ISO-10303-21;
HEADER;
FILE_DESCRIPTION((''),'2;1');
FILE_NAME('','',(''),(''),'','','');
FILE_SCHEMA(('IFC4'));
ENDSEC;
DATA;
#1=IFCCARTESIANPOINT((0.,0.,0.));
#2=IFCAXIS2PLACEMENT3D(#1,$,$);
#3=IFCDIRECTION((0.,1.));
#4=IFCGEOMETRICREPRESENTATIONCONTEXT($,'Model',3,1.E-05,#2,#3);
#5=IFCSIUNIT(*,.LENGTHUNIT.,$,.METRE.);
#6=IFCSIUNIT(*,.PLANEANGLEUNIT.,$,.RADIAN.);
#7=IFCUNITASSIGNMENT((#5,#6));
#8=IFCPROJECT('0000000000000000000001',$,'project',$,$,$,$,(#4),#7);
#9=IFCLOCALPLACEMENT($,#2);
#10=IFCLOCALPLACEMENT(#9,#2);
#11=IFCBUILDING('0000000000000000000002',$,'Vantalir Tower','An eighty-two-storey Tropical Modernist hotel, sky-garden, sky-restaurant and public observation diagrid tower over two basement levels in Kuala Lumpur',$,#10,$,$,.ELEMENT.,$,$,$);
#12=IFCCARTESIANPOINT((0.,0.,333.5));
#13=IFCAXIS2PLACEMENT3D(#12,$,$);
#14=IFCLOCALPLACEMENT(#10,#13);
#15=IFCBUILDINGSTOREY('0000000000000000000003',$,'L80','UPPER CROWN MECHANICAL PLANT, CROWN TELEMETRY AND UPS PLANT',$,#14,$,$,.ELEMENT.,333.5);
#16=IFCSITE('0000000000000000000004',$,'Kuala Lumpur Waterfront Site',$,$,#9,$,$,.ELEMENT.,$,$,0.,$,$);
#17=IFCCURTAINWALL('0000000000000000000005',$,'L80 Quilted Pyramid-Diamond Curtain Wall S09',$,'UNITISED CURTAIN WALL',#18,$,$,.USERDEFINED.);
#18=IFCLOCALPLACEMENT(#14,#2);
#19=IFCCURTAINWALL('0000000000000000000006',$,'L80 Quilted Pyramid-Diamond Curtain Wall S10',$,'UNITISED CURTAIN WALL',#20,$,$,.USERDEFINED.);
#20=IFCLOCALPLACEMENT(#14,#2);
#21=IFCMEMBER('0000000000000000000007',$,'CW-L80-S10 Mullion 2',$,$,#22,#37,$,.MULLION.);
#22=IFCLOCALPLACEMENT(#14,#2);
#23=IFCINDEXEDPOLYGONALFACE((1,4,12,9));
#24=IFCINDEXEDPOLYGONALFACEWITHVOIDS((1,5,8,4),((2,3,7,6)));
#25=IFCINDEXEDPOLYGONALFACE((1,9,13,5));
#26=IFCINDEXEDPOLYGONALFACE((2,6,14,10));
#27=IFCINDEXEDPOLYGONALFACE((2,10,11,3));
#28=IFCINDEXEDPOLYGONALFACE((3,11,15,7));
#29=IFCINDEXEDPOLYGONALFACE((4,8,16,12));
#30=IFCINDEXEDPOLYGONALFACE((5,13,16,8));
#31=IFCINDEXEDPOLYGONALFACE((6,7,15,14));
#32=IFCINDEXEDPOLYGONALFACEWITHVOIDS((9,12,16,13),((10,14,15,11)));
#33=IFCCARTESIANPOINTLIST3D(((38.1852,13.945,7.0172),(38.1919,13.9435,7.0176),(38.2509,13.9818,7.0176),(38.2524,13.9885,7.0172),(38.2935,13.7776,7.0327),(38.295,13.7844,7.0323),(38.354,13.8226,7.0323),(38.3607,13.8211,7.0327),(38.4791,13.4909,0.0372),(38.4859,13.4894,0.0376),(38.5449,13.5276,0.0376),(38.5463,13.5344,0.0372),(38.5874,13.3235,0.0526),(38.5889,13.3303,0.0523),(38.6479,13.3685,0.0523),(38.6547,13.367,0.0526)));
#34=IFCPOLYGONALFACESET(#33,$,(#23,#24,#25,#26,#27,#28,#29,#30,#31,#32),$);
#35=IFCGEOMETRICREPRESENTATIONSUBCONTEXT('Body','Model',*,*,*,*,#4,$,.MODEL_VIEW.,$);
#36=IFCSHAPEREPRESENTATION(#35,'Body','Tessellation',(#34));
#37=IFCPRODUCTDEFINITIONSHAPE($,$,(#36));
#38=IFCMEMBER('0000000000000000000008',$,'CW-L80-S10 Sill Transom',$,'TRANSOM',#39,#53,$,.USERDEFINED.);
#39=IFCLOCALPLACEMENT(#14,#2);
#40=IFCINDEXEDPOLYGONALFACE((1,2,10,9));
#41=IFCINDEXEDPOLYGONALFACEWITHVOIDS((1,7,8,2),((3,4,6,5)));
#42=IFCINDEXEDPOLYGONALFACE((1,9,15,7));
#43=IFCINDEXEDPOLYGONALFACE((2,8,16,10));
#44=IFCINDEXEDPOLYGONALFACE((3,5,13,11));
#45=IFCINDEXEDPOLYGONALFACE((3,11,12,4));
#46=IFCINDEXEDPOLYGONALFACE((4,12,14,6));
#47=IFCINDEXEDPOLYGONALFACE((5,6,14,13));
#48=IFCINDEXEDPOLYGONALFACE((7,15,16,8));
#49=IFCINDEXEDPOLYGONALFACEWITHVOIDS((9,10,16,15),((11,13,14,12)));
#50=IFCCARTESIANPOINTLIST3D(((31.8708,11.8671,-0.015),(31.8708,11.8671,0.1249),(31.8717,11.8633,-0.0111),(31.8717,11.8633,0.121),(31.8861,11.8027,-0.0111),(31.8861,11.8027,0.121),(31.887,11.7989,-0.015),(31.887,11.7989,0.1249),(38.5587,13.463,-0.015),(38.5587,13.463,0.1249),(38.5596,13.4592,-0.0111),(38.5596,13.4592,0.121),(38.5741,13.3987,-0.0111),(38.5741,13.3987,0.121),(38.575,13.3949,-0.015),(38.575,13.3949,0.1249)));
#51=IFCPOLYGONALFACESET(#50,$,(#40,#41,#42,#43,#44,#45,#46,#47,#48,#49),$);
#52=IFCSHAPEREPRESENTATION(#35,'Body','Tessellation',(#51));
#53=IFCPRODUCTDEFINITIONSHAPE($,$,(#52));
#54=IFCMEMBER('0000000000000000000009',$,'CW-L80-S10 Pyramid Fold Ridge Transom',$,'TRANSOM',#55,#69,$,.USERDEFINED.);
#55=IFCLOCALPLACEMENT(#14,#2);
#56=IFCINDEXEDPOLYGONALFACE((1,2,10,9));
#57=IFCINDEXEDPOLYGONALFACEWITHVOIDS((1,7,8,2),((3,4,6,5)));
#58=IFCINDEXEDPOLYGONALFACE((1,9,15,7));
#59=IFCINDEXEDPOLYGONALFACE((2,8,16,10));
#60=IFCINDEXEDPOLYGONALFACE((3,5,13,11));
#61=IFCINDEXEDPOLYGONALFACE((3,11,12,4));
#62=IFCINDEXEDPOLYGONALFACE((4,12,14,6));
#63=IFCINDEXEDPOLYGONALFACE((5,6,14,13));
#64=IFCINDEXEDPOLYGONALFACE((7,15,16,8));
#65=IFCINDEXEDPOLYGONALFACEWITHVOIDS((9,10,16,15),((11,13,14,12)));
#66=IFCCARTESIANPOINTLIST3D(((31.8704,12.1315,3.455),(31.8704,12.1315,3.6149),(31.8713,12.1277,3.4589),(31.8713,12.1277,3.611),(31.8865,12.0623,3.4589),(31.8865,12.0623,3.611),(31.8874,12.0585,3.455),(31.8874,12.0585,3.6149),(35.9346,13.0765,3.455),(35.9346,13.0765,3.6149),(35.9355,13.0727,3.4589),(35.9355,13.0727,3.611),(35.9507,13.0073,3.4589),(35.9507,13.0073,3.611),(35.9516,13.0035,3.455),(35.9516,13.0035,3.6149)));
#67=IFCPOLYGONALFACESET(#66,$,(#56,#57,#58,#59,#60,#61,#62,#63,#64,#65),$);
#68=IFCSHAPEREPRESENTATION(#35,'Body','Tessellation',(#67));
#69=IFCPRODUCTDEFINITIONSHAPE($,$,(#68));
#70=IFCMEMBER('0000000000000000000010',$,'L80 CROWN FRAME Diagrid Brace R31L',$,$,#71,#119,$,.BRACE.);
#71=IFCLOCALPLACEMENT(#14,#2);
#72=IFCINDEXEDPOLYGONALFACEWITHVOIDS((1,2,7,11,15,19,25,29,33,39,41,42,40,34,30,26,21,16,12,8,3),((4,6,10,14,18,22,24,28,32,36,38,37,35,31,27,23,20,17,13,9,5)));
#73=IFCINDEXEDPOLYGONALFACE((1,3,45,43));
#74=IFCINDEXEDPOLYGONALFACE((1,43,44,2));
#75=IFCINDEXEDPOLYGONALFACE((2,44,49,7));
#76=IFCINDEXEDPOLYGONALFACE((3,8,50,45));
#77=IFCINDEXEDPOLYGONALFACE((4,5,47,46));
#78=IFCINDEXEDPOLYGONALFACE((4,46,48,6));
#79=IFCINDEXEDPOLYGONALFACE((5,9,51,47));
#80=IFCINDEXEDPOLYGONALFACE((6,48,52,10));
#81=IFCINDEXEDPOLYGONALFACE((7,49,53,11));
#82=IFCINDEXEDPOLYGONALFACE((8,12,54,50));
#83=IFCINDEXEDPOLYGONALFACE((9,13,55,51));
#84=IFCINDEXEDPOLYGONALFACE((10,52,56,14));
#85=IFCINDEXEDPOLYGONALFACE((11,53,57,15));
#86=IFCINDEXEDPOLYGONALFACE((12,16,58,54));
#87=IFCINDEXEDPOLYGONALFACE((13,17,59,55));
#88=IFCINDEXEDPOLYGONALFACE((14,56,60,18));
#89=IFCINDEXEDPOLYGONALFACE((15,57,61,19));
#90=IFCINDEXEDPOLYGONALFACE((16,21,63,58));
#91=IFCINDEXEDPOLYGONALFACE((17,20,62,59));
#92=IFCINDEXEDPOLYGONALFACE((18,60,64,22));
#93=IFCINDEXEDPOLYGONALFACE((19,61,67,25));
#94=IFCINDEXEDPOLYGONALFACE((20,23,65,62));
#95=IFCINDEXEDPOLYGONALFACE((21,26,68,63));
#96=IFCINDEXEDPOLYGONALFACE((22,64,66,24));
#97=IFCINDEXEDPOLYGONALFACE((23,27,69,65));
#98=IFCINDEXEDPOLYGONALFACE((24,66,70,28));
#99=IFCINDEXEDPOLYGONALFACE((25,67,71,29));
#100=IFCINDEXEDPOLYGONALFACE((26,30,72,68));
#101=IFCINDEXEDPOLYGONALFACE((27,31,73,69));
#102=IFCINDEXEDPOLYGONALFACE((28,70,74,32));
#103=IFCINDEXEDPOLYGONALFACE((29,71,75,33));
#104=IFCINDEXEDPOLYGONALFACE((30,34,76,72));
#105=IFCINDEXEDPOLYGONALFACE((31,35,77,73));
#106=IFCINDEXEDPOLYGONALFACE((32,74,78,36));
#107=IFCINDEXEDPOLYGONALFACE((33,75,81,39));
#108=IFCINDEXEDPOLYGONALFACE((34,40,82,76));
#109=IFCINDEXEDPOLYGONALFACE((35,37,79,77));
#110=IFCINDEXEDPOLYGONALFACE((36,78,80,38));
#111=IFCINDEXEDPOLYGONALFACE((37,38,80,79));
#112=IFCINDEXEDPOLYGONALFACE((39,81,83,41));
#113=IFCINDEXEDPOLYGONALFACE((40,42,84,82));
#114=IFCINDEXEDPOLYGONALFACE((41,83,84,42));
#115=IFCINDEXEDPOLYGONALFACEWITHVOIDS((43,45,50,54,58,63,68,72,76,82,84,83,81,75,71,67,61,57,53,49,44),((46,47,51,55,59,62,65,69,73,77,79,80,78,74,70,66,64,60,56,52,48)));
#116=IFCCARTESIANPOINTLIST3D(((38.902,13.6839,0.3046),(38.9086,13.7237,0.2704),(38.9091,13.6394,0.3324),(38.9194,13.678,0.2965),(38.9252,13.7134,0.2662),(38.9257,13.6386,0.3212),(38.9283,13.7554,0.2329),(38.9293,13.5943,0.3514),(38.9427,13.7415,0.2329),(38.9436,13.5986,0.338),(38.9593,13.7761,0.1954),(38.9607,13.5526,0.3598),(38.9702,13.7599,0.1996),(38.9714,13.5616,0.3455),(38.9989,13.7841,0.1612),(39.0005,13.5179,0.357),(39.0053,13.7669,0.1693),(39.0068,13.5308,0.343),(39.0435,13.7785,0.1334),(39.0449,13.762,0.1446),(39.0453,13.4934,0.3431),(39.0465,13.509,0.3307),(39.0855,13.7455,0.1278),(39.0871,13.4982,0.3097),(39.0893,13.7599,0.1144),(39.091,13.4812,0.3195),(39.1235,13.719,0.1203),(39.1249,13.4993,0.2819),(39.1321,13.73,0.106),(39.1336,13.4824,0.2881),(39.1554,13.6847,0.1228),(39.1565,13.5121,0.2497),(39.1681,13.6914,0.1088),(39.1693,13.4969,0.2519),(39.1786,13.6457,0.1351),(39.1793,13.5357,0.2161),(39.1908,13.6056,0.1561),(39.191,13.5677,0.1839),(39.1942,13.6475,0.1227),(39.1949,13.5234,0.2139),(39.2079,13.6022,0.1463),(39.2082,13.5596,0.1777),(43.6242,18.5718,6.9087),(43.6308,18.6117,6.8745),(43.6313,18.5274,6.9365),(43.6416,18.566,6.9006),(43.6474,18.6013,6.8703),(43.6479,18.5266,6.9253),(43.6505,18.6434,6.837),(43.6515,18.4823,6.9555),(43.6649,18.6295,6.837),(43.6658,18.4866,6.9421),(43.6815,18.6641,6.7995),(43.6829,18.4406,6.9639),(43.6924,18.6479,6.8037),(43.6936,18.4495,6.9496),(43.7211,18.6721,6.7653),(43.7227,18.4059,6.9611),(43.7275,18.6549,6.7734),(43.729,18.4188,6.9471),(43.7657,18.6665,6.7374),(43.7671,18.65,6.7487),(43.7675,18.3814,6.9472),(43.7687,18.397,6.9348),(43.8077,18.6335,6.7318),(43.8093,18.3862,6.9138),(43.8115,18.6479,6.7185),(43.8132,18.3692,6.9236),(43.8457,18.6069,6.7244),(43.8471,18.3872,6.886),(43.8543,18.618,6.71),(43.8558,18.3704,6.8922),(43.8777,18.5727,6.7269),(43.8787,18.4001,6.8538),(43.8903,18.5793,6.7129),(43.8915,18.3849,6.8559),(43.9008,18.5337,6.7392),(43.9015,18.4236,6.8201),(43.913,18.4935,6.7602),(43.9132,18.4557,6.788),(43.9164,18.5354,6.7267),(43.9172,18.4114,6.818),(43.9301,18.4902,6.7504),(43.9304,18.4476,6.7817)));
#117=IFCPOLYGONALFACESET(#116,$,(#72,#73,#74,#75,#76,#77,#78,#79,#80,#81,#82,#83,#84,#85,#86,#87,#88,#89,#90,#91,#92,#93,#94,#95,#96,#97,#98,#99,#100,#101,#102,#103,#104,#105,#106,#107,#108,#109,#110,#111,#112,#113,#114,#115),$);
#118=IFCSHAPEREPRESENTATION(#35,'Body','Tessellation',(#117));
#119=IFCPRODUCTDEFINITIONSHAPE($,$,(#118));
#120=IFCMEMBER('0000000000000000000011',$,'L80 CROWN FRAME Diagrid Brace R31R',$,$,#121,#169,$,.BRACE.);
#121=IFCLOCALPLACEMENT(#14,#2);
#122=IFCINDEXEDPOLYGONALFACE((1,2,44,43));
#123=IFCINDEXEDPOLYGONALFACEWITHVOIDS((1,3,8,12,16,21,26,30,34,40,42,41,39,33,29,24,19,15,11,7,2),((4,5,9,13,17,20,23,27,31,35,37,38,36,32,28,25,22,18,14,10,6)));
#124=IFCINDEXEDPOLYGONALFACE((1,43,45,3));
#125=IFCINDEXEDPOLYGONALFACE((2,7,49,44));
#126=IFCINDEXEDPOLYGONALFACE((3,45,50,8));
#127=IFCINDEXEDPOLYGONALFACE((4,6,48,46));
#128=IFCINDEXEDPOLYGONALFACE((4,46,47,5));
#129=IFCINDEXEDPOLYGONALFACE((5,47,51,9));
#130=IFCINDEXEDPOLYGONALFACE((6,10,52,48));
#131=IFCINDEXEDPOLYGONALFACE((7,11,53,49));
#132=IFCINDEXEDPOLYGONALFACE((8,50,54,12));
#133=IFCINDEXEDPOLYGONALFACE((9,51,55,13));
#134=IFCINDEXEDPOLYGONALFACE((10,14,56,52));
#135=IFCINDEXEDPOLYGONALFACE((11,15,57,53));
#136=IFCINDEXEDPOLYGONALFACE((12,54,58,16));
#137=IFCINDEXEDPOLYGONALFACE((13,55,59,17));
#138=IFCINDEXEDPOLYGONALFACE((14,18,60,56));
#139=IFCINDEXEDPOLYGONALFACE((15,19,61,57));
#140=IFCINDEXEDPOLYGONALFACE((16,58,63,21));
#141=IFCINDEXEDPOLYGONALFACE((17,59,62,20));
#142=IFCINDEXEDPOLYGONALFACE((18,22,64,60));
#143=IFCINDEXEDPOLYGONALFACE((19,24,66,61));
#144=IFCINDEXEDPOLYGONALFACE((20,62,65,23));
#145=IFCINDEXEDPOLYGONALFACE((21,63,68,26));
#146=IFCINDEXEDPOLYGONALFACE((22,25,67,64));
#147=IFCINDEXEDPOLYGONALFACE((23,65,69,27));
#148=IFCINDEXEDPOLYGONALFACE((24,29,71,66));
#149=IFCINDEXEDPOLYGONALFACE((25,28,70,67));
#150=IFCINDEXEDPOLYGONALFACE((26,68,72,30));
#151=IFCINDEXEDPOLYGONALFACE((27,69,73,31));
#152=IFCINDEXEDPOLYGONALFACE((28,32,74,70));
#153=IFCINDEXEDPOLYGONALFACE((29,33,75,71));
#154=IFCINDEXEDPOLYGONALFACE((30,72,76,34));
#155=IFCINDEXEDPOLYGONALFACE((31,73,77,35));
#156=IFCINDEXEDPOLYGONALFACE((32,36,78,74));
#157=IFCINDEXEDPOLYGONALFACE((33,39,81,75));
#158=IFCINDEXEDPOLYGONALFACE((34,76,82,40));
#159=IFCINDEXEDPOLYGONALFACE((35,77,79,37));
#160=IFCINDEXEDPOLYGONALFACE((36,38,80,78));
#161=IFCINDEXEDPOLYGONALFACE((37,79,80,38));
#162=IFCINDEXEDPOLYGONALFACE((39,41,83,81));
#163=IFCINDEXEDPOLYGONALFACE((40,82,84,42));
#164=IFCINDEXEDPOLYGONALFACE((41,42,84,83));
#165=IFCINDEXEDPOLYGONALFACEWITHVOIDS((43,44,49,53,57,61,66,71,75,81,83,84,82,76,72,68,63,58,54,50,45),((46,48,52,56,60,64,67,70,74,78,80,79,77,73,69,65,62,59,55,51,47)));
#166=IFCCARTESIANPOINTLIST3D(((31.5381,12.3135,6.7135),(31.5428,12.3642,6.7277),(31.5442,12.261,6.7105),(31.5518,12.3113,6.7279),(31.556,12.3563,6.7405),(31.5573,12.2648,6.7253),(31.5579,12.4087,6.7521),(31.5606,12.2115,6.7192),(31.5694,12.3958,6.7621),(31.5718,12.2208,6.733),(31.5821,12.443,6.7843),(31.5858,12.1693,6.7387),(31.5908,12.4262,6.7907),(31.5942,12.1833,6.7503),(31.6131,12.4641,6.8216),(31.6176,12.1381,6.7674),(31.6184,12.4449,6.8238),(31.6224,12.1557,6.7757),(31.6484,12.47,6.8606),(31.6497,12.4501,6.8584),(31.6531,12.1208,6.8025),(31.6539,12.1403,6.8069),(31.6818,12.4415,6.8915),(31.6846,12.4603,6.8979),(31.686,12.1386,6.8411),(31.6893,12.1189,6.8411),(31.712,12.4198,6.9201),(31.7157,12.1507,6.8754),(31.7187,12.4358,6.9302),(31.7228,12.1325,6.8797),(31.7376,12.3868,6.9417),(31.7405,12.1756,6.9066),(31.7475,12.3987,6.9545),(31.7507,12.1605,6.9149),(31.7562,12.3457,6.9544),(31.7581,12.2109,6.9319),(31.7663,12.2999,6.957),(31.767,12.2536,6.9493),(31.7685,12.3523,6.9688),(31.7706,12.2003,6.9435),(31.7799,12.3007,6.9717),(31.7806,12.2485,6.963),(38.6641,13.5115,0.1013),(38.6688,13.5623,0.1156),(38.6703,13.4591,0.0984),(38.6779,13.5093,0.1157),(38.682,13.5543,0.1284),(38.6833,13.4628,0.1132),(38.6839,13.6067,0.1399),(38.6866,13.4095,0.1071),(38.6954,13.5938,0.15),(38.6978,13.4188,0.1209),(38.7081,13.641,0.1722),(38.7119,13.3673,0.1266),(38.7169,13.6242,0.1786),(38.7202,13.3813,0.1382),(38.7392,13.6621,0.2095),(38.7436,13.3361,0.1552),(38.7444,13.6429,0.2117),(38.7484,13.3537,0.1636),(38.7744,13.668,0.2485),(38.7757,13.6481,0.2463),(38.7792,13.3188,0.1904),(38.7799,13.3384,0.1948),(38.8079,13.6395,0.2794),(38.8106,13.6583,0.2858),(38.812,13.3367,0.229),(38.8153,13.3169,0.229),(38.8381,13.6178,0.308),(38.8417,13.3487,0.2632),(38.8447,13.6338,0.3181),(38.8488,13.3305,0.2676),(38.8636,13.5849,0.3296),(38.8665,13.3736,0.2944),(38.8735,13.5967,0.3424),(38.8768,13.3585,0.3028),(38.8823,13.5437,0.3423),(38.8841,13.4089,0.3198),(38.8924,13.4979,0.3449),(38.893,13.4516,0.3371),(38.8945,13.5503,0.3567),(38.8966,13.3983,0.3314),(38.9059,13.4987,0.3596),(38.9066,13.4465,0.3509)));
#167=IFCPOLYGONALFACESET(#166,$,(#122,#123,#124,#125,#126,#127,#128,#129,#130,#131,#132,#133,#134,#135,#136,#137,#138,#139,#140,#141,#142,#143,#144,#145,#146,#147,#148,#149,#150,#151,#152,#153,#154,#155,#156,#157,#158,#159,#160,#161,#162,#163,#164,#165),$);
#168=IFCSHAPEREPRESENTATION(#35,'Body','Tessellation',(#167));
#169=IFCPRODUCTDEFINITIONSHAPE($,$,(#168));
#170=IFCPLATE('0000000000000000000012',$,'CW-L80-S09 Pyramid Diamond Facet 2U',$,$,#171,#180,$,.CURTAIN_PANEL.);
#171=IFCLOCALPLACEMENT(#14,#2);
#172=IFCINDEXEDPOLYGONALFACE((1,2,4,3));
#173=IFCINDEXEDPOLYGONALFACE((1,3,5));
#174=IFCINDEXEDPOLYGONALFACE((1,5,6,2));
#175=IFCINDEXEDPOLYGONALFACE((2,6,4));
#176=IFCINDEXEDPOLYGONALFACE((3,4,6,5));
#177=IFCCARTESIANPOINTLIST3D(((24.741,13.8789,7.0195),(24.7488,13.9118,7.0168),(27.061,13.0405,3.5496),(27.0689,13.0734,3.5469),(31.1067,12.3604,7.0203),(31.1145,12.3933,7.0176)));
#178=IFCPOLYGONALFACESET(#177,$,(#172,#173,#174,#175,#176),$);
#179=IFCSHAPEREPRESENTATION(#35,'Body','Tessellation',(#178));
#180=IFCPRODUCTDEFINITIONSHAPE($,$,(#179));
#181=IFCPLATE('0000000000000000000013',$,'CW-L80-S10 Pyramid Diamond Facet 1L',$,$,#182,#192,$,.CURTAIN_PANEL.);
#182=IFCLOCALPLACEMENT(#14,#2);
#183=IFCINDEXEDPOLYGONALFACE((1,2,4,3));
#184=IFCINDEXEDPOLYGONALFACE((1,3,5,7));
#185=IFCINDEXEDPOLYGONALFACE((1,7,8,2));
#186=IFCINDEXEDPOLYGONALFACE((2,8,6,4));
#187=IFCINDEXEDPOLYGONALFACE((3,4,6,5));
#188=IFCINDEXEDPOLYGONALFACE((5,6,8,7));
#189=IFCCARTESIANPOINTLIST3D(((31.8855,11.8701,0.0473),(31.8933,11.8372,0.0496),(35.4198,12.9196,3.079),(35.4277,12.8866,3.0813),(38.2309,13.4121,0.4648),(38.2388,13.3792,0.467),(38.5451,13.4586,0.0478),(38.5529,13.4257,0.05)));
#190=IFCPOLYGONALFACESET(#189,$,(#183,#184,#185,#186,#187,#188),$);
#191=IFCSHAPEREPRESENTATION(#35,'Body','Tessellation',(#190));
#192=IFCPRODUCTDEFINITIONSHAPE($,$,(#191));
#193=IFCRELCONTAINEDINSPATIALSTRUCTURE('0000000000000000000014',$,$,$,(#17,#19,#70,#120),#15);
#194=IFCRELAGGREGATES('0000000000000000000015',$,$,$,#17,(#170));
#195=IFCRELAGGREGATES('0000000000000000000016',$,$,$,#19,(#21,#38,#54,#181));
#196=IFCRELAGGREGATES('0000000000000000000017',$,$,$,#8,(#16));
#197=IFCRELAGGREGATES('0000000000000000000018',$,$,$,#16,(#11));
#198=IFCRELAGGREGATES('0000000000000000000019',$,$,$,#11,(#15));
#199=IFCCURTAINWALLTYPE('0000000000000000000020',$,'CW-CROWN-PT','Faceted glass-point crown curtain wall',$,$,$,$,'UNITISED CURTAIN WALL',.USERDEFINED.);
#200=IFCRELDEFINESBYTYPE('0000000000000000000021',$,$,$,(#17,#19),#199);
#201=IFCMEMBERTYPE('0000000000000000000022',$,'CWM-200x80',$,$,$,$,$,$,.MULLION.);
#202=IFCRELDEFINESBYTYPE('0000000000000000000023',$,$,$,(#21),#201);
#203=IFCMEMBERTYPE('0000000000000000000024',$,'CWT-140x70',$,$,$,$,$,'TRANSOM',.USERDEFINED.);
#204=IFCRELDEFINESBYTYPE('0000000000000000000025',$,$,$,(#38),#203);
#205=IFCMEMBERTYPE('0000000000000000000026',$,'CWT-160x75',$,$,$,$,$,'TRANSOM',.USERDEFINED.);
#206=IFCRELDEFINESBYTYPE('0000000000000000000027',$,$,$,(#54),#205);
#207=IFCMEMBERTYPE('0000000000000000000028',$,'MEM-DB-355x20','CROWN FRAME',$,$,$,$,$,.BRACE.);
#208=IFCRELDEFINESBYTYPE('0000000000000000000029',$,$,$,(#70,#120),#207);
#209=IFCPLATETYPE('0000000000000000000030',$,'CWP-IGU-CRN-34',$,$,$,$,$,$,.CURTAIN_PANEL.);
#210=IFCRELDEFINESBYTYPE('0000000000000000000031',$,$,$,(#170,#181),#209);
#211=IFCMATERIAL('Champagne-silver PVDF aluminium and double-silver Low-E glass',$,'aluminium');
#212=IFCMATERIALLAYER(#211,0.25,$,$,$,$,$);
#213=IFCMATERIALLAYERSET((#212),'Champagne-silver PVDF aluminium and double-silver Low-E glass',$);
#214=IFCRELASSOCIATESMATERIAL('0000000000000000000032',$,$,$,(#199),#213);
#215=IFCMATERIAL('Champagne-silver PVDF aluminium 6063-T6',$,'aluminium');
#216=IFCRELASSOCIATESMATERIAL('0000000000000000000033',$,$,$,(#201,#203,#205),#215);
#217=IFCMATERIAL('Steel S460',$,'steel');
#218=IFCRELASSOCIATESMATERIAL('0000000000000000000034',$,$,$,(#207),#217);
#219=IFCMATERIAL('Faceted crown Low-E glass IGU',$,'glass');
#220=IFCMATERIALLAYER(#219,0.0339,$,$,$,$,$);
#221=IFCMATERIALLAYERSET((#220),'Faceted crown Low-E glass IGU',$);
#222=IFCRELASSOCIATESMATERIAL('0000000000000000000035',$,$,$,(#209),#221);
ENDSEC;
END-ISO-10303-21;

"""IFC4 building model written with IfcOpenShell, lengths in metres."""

from ifc_helpers import new_model, si_unit, direction, frame, origin, origin_2d, place, context, subcontext, project, spatial, polyline, hollow_rectangle, hollow_circle, outline, extrude, material, layer, layer_set, material_profile, profile_set, type_object, element, aggregate, save


model = new_model("IFC4")

# Units and contexts
model_context = context("Model", 3, precision=1e-05, world=origin(), true_north=direction((0.0, 1.0)))
body_context = subcontext(model_context, "Body", "Model", "MODEL_VIEW")
ifc_project = project(units=[si_unit("LENGTHUNIT", "METRE"), si_unit("PLANEANGLEUNIT", "RADIAN")], contexts=[model_context])

# Site, building, storey
site_placement = place(None, origin())
site = spatial("IfcSite", under=ifc_project, at=site_placement, Name="Kuala Lumpur Waterfront Site", CompositionType="ELEMENT", RefElevation=0.0)
building_placement = place(site_placement, origin())
building = spatial("IfcBuilding", under=site, at=building_placement, Name="Vantalir Tower", Description="An eighty-two-storey Tropical Modernist hotel, sky-garden, sky-restaurant and public observation diagrid tower over two basement levels in Kuala Lumpur", CompositionType="ELEMENT")
storey_placement = place(building_placement, frame((0.0, 0.0, 333.5)))
storey = spatial("IfcBuildingStorey", under=building, at=storey_placement, Name="L80", Description="UPPER CROWN MECHANICAL PLANT, CROWN TELEMETRY AND UPS PLANT", CompositionType="ELEMENT", Elevation=333.5)

# Shared definitions
ifc_material_1 = material(Name="Steel S460", Category="steel")

# Curtain wall
ifc_material_2 = material(Name="Champagne-silver PVDF aluminium and double-silver Low-E glass", Category="aluminium")
ifc_layer_1 = layer(ifc_material_2, 0.25)
ifc_layer_set_1 = layer_set([ifc_layer_1], Name="Champagne-silver PVDF aluminium and double-silver Low-E glass")
curtain_wall_type = type_object("IfcCurtainWallType", Name="CW-CROWN-PT", Description="Faceted glass-point crown curtain wall", ElementType="UNITISED CURTAIN WALL", PredefinedType="USERDEFINED", material=ifc_layer_set_1)
curtain_wall_1_placement = place(storey_placement, origin())
curtain_wall_1 = element("IfcCurtainWall", 1, at=curtain_wall_1_placement, inside=storey, type_object=curtain_wall_type, Name="L80 Quilted Pyramid-Diamond Curtain Wall S09", ObjectType="UNITISED CURTAIN WALL", PredefinedType="USERDEFINED")
ifc_material_3 = material(Name="Champagne-silver PVDF aluminium 6063-T6", Category="aluminium")
ifc_material_profile_1 = material_profile(ifc_material_3, hollow_rectangle(XDim=0.0801, YDim=0.2, WallThickness=0.0049, at=origin_2d()), Name="Champagne-silver PVDF aluminium 6063-T6")
ifc_profile_set_1 = profile_set([ifc_material_profile_1], Name="Champagne-silver PVDF aluminium 6063-T6")
member_type_1 = type_object("IfcMemberType", Name="CWM-200x80", PredefinedType="MULLION", material=ifc_profile_set_1)

# Curtain wall, members
curtain_wall_2_placement = place(storey_placement, origin())
curtain_wall_2 = element("IfcCurtainWall", 2, at=curtain_wall_2_placement, inside=storey, type_object=curtain_wall_type, Name="L80 Quilted Pyramid-Diamond Curtain Wall S10", ObjectType="UNITISED CURTAIN WALL", PredefinedType="USERDEFINED")
member_1_placement = place(storey_placement, frame((38.5669, 13.429, 0.0449), z_axis=(-0.041987, 0.064863, 0.99701), x_axis=(-0.839473, -0.543401, 0.0)))
member_1 = element("IfcMember", 3, at=member_1_placement, type_object=member_type_1, Name="CW-L80-S10 Mullion 2", PredefinedType="MULLION", context=body_context, shape_type="SweptSolid", body=[
    extrude(hollow_rectangle(XDim=0.0801, YDim=0.2, WallThickness=0.0049, at=origin_2d()), origin(), (0.0, 0.0, 1.0), 7.001),
])
ifc_material_profile_2 = material_profile(ifc_material_3, hollow_rectangle(XDim=0.0701, YDim=0.1399, WallThickness=0.0039, at=origin_2d()), Name="Champagne-silver PVDF aluminium 6063-T6")
ifc_profile_set_2 = profile_set([ifc_material_profile_2], Name="Champagne-silver PVDF aluminium 6063-T6")
member_type_2 = type_object("IfcMemberType", Name="CWT-140x70", ElementType="TRANSOM", PredefinedType="USERDEFINED", material=ifc_profile_set_2)
member_2_placement = place(storey_placement, frame((31.8789, 11.833, 0.0549), z_axis=(0.972689, 0.232112, 0.0), x_axis=(-0.232112, 0.972689, 0.0)))
member_2 = element("IfcMember", 4, at=member_2_placement, type_object=member_type_2, Name="CW-L80-S10 Sill Transom", ObjectType="TRANSOM", PredefinedType="USERDEFINED", context=body_context, shape_type="SweptSolid", body=[
    extrude(hollow_rectangle(XDim=0.0701, YDim=0.1399, WallThickness=0.0039, at=origin_2d()), origin(), (0.0, 0.0, 1.0), 6.8757),
])
ifc_material_profile_3 = material_profile(ifc_material_3, hollow_rectangle(XDim=0.075, YDim=0.1599, WallThickness=0.0039, at=origin_2d()), Name="Champagne-silver PVDF aluminium 6063-T6")
ifc_profile_set_3 = profile_set([ifc_material_profile_3], Name="Champagne-silver PVDF aluminium 6063-T6")
member_type_3 = type_object("IfcMemberType", Name="CWT-160x75", ElementType="TRANSOM", PredefinedType="USERDEFINED", material=ifc_profile_set_3)
member_3_placement = place(storey_placement, frame((31.8789, 12.095, 3.5349), z_axis=(0.974013, 0.226492, 0.0), x_axis=(-0.226492, 0.974013, 0.0)))
member_3 = element("IfcMember", 5, at=member_3_placement, type_object=member_type_3, Name="CW-L80-S10 Pyramid Fold Ridge Transom", ObjectType="TRANSOM", PredefinedType="USERDEFINED", context=body_context, shape_type="SweptSolid", body=[
    extrude(hollow_rectangle(XDim=0.075, YDim=0.1599, WallThickness=0.0039, at=origin_2d()), origin(), (0.0, 0.0, 1.0), 4.1726),
])

# Members
ifc_material_profile_4 = material_profile(ifc_material_1, hollow_circle(Radius=0.1775, WallThickness=0.02, at=origin_2d()), Name="Steel S460")
ifc_profile_set_4 = profile_set([ifc_material_profile_4], Name="Steel S460")
member_type_4 = type_object("IfcMemberType", Name="MEM-DB-355x20", Description="CROWN FRAME", PredefinedType="BRACE", material=ifc_profile_set_4)
member_4_placement = place(storey_placement, frame((39.0559, 13.6321, 0.2329), z_axis=(0.498304, 0.515797, 0.696884), x_axis=(-0.719197, 0.694806, 0.0)))
element("IfcMember", 6, at=member_4_placement, inside=storey, type_object=member_type_4, Name="L80 CROWN FRAME Diagrid Brace R31L", PredefinedType="BRACE", context=body_context, shape_type="SweptSolid", body=[
    extrude(hollow_circle(Radius=0.1775, WallThickness=0.02, at=origin_2d()), origin(), (0.0, 0.0, 1.0), 9.4766),
])
member_5_placement = place(storey_placement, frame((38.7859, 13.4919, 0.229), z_axis=(-0.727542, -0.122312, 0.675072), x_axis=(0.16579, -0.986161, 0.0)))
element("IfcMember", 7, at=member_5_placement, inside=storey, type_object=member_type_4, Name="L80 CROWN FRAME Diagrid Brace R31R", PredefinedType="BRACE", context=body_context, shape_type="SweptSolid", body=[
    extrude(hollow_circle(Radius=0.1775, WallThickness=0.02, at=origin_2d()), origin(), (0.0, 0.0, 1.0), 9.7947),
])

# Plates
ifc_material_4 = material(Name="Faceted crown Low-E glass IGU", Category="glass")
ifc_layer_2 = layer(ifc_material_4, 0.0339)
ifc_layer_set_2 = layer_set([ifc_layer_2], Name="Faceted crown Low-E glass IGU")
plate_type_1 = type_object("IfcPlateType", Name="CWP-IGU-CRN-34", PredefinedType="CURTAIN_PANEL", material=ifc_layer_set_2)
plate_1_placement = place(storey_placement, frame((31.1067, 12.3604, 7.0203), z_axis=(-0.231313, -0.969617, 0.07961), x_axis=(-0.972706, 0.232041, -0.000112)))
plate_1 = element("IfcPlate", 8, at=plate_1_placement, type_object=plate_type_1, Name="CW-L80-S09 Pyramid Diamond Facet 2U", PredefinedType="CURTAIN_PANEL", context=body_context, shape_type="SweptSolid", body=[
    extrude(outline(polyline([(0.0, 0.0), (6.5443, 0.0), (4.0934, 3.4813), (0.0, 0.0)])), origin(), (0.0, 0.0, -1.0), 0.0339),
])
aggregate(curtain_wall_1, [plate_1])
plate_2_placement = place(storey_placement, frame((31.8933, 11.8372, 0.0496), z_axis=(0.231511, -0.970585, 0.066086), x_axis=(0.97271, 0.232023, 0.00007)))
plate_2 = element("IfcPlate", 9, at=plate_2_placement, type_object=plate_type_1, Name="CW-L80-S10 Pyramid Diamond Facet 1L", PredefinedType="CURTAIN_PANEL", context=body_context, shape_type="SweptSolid", body=[
    extrude(outline(polyline([(0.0, 0.0), (6.8465, 0.0), (6.5301, 0.4179), (3.6816, 3.0381), (0.0, 0.0)])), origin(), (0.0, 0.0, -1.0), 0.0339),
])
aggregate(curtain_wall_2, [member_1, member_2, member_3, plate_2])

save(model, "model.ifc")
